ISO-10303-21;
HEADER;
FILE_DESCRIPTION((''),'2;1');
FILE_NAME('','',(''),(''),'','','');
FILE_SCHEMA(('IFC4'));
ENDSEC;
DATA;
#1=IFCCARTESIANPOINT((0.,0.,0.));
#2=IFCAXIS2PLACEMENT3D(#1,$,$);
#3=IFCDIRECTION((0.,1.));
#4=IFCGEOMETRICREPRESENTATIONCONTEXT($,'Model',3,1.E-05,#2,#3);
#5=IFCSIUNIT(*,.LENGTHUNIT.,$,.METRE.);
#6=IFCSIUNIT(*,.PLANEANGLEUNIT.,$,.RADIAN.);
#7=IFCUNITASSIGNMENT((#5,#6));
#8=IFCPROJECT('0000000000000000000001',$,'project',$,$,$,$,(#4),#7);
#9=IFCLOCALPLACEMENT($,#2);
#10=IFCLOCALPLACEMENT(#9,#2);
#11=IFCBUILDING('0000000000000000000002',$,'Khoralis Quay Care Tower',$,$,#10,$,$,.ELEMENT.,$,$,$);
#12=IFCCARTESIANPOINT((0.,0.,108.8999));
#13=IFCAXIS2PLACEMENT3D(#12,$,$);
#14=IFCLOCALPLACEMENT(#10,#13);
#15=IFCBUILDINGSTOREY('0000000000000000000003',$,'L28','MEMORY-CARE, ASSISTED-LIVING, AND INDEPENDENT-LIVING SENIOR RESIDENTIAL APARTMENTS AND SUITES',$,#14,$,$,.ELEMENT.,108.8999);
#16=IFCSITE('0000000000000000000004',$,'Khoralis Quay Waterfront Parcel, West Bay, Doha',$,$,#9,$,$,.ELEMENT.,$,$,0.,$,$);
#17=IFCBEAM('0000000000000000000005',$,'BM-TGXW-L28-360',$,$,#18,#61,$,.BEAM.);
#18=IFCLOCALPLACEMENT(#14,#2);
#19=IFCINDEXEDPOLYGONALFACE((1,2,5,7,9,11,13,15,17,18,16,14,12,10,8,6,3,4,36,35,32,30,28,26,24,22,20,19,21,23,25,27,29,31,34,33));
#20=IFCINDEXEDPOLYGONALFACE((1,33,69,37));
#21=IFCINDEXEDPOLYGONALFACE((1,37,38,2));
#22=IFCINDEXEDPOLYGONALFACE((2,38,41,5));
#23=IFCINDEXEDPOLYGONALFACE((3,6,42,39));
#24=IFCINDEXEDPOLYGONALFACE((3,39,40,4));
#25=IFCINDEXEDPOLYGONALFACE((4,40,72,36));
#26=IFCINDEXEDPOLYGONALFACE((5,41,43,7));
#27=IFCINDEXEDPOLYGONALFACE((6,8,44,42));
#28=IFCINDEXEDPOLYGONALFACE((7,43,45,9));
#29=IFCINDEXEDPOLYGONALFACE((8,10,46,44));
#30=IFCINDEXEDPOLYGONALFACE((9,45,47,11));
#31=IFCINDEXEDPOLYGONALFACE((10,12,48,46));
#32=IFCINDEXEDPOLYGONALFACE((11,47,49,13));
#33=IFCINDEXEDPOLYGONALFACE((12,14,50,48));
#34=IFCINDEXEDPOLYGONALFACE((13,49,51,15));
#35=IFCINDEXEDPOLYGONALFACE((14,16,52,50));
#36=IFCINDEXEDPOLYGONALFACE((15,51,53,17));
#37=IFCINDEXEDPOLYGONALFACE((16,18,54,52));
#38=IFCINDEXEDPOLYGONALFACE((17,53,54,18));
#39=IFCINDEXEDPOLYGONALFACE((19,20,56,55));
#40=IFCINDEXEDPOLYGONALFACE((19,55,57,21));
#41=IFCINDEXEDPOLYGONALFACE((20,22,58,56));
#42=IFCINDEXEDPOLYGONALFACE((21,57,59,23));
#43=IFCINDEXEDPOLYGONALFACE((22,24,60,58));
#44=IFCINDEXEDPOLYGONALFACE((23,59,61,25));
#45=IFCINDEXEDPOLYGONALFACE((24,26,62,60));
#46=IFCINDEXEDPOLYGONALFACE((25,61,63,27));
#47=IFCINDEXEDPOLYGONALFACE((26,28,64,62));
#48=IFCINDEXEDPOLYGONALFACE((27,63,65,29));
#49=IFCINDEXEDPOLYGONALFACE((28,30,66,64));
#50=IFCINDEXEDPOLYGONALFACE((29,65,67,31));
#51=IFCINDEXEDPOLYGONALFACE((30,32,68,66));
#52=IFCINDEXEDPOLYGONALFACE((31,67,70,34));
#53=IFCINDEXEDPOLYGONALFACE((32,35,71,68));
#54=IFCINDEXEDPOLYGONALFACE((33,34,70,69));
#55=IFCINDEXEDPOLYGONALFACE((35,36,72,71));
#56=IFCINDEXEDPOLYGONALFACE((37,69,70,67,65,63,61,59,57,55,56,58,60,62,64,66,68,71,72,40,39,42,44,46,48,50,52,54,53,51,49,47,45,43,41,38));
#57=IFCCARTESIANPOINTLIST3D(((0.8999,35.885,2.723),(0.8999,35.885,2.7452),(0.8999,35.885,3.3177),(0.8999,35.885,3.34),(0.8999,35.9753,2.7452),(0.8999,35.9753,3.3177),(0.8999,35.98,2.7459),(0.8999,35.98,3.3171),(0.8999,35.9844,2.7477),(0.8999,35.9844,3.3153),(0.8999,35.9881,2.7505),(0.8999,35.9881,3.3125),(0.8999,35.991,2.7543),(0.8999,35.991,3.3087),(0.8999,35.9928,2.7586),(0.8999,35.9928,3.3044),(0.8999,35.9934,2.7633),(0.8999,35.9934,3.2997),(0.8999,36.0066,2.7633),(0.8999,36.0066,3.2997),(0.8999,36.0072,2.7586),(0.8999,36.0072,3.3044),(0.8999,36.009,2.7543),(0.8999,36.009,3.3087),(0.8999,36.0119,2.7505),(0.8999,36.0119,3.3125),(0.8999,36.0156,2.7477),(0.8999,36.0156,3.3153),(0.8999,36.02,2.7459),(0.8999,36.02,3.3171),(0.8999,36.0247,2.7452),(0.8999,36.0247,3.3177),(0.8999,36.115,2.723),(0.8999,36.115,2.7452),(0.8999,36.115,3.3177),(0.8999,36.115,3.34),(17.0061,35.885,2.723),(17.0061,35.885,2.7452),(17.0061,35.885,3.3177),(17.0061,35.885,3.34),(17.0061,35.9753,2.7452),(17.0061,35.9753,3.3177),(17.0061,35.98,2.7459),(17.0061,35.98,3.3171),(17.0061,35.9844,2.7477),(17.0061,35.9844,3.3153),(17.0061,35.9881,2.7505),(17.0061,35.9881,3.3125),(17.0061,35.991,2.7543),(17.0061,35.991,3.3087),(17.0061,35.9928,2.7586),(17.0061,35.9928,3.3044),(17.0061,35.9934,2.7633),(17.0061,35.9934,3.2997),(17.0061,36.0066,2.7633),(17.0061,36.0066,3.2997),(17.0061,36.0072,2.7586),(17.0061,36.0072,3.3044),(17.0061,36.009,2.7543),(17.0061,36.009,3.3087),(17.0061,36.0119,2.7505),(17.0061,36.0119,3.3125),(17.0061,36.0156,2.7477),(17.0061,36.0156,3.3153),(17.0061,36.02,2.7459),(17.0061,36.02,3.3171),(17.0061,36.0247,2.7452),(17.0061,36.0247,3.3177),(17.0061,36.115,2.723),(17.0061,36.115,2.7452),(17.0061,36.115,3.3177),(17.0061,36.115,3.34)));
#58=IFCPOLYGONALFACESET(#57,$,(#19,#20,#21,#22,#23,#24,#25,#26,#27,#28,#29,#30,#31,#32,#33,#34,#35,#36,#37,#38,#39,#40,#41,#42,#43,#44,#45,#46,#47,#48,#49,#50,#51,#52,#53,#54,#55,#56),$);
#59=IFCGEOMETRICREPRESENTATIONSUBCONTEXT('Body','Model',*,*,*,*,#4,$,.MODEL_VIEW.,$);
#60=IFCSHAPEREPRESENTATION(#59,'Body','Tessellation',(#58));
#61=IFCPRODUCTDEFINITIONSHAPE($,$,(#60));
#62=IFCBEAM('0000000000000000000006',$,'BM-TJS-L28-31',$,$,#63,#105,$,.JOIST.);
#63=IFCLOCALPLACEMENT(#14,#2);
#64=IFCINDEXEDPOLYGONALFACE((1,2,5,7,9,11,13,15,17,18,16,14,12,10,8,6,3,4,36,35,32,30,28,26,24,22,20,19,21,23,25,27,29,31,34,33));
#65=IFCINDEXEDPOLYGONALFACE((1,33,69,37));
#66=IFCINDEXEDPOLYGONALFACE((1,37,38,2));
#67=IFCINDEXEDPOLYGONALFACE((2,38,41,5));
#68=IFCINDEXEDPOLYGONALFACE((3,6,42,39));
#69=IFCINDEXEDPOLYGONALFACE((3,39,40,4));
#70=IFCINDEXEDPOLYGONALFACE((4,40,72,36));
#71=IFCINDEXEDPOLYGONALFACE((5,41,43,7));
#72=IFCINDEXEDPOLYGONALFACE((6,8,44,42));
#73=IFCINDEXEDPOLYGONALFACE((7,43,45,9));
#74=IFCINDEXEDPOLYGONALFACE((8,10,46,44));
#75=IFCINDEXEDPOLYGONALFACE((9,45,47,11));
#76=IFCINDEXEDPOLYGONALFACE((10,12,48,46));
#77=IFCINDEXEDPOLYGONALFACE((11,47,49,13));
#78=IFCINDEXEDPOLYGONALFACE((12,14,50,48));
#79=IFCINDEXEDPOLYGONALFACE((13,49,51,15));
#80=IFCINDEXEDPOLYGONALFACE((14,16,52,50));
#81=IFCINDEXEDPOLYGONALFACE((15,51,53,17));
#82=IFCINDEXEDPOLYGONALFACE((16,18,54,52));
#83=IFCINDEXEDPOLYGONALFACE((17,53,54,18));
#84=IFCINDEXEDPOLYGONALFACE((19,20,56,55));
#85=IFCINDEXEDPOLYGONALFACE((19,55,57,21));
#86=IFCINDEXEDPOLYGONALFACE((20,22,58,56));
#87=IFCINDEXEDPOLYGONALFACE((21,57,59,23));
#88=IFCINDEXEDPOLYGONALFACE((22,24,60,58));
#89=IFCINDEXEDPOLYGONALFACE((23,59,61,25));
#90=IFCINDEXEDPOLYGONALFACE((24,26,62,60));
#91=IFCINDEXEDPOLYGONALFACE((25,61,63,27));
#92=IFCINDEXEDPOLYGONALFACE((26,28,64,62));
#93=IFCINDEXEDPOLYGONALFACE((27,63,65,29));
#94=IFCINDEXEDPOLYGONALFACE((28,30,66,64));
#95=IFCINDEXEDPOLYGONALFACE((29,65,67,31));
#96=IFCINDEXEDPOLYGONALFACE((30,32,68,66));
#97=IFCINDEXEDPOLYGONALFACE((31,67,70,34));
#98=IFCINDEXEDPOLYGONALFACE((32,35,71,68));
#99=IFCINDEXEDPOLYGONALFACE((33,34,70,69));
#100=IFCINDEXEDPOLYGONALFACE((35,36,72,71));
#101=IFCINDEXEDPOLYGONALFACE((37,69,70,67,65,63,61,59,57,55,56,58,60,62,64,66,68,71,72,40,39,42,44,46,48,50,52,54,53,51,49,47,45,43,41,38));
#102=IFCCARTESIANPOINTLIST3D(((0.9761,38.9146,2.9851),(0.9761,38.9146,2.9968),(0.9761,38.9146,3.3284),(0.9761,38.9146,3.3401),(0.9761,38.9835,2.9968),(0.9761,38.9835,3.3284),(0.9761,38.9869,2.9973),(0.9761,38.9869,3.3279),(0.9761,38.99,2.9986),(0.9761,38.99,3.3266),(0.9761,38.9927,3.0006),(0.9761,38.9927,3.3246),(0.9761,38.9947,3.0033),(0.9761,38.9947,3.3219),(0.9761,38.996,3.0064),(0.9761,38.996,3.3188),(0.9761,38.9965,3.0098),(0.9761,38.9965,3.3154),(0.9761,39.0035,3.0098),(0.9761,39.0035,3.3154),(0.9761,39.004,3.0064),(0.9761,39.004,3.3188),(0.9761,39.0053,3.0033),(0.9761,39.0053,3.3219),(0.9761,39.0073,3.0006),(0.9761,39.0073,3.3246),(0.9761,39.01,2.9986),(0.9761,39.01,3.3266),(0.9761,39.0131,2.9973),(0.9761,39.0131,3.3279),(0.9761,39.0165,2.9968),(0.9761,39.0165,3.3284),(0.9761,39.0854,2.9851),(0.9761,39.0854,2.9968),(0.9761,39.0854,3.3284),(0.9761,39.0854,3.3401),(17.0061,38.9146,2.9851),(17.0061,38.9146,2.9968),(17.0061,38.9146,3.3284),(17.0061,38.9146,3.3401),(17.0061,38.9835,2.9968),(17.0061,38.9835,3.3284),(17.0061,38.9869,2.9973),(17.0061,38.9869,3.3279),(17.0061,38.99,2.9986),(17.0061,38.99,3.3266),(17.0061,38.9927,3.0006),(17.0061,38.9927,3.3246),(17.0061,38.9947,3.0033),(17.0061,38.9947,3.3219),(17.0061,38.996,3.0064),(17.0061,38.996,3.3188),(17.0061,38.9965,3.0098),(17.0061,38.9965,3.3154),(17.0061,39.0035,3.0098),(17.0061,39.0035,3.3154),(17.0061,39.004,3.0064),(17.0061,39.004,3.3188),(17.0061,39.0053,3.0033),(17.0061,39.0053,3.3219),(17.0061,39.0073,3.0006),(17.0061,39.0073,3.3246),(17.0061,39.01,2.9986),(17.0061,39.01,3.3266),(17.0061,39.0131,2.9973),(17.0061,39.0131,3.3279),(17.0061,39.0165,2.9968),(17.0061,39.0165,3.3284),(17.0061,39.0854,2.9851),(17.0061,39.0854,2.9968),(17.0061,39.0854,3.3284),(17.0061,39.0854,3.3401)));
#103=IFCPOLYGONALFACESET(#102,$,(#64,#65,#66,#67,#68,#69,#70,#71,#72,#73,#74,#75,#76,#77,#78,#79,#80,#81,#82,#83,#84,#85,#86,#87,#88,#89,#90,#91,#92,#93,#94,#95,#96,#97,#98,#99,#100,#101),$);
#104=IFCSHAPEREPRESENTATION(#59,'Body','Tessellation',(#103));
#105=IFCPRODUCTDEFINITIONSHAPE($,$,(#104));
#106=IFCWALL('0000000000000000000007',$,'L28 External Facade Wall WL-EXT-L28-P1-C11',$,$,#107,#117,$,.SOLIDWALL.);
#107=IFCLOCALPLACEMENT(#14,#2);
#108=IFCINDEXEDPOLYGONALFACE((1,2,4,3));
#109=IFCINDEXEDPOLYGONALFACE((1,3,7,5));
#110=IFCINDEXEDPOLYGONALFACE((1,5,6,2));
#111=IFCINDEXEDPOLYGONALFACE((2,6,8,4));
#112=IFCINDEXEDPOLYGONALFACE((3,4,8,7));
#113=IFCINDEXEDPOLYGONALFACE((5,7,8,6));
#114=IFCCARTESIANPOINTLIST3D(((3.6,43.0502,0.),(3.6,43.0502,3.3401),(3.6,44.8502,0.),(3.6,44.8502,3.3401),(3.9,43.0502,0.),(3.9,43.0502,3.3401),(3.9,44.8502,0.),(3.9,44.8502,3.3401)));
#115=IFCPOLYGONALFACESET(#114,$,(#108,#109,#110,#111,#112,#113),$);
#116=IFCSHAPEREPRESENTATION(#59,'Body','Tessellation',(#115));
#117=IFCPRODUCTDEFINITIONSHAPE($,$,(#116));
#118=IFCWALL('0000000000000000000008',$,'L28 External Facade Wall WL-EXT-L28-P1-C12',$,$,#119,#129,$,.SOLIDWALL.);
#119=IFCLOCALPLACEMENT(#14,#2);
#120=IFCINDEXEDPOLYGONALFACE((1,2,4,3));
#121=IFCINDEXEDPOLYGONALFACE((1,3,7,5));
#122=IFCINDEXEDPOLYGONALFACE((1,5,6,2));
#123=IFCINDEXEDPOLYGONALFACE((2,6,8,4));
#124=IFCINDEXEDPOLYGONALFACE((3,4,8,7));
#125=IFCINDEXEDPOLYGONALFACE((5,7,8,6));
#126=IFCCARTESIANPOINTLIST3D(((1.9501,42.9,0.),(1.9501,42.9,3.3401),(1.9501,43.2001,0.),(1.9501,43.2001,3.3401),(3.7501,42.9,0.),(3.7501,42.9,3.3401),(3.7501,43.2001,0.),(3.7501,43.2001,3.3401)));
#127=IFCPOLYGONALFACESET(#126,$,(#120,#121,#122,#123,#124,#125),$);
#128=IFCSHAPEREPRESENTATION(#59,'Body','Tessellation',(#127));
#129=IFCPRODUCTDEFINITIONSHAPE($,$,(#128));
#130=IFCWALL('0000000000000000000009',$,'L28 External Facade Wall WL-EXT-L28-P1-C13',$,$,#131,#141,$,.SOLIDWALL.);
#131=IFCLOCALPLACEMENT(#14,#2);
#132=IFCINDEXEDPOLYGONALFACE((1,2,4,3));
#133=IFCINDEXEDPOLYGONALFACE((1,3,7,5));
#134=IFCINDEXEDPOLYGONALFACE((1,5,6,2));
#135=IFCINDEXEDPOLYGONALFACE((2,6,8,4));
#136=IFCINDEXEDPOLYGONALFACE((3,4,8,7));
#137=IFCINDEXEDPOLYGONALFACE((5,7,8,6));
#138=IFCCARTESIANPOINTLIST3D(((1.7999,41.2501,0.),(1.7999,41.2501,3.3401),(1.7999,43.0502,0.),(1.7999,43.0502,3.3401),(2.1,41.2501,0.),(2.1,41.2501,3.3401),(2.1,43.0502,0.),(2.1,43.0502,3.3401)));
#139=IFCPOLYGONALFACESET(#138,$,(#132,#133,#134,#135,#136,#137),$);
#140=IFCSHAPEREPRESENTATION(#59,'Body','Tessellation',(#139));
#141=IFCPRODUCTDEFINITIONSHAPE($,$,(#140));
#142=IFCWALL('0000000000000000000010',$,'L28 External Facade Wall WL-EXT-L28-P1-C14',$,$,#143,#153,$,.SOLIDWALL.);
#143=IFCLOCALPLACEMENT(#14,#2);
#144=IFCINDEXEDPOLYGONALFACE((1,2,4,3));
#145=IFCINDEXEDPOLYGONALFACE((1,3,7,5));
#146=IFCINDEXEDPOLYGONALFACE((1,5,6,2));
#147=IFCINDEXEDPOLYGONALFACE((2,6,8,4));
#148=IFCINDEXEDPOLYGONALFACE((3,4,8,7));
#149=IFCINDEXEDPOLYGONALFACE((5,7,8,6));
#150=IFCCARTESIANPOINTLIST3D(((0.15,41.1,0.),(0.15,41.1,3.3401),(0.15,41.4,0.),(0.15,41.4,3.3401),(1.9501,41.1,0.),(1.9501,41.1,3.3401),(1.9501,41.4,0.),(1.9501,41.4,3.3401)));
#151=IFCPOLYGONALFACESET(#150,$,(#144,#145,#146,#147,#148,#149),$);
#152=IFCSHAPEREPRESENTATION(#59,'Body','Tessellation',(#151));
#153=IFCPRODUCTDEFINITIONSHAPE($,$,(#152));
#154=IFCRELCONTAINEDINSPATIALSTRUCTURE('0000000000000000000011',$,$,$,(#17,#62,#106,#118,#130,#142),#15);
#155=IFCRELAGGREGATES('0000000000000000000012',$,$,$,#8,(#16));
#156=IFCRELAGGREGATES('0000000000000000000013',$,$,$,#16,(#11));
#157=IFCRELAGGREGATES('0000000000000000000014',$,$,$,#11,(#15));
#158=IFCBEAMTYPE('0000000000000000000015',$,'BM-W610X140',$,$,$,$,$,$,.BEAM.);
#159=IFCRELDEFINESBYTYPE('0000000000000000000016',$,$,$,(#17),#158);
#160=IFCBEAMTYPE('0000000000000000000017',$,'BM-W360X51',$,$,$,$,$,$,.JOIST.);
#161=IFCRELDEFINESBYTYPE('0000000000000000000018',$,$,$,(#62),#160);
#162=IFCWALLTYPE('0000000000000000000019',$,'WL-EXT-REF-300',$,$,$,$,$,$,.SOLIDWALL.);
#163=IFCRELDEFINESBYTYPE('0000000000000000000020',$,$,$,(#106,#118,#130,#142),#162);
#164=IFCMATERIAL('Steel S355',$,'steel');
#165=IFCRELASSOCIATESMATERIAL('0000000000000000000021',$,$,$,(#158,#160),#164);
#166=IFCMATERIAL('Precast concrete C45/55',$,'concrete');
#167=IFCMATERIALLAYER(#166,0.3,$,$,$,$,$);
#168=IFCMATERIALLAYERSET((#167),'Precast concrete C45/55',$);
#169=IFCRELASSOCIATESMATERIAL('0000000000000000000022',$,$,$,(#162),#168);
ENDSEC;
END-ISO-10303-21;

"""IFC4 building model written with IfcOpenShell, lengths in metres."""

from ifc_helpers import new_model, si_unit, direction, frame, frame_2d, origin, origin_2d, place, context, subcontext, project, spatial, rectangle, i_section, extrude, source, transform, mapped, material, layer, layer_set, material_profile, profile_set, type_object, element, save


model = new_model("IFC4")

# Units and contexts
model_context = context("Model", 3, precision=1e-05, world=origin(), true_north=direction((0.0, 1.0)))
body_context = subcontext(model_context, "Body", "Model", "MODEL_VIEW")
ifc_project = project(units=[si_unit("LENGTHUNIT", "METRE"), si_unit("PLANEANGLEUNIT", "RADIAN")], contexts=[model_context])

# Site, building, storey
site_placement = place(None, origin())
site = spatial("IfcSite", under=ifc_project, at=site_placement, Name="Khoralis Quay Waterfront Parcel, West Bay, Doha", CompositionType="ELEMENT", RefElevation=0.0)
building_placement = place(site_placement, origin())
building = spatial("IfcBuilding", under=site, at=building_placement, Name="Khoralis Quay Care Tower", CompositionType="ELEMENT")
storey_placement = place(building_placement, frame((0.0, 0.0, 108.8999)))
storey = spatial("IfcBuildingStorey", under=building, at=storey_placement, Name="L28", Description="MEMORY-CARE, ASSISTED-LIVING, AND INDEPENDENT-LIVING SENIOR RESIDENTIAL APARTMENTS AND SUITES", CompositionType="ELEMENT", Elevation=108.8999)

# Beams
ifc_material_1 = material(Name="Steel S355", Category="steel")
ifc_material_profile_1 = material_profile(ifc_material_1, i_section(OverallWidth=0.23, OverallDepth=0.6169, WebThickness=0.0132, FlangeThickness=0.0222, FilletRadius=0.0181, at=origin_2d()), Name="Steel S355")
ifc_profile_set_1 = profile_set([ifc_material_profile_1], Name="Steel S355")
beam_type_1 = type_object("IfcBeamType", Name="BM-W610X140", PredefinedType="BEAM", material=ifc_profile_set_1)
shared_shape_1 = source(origin(), body_context, "Body", "SweptSolid", [
    extrude(i_section(OverallWidth=0.23, OverallDepth=0.6169, WebThickness=0.0132, FlangeThickness=0.0222, FilletRadius=0.0181, at=origin_2d()), origin(), (0.0, 0.0, 1.0), 16.1062),
])
beam_1_placement = place(storey_placement, frame((0.8999, 36.0, 3.0315), z_axis=(1.0, 0.0, 0.0), x_axis=(0.0, 1.0, 0.0)))
element("IfcBeam", 1, at=beam_1_placement, inside=storey, type_object=beam_type_1, Name="BM-TGXW-L28-360", PredefinedType="BEAM", context=body_context, shape_type="MappedRepresentation", body=[
    mapped(shared_shape_1, transform((0.0, 0.0, 0.0), scale=1.0)),
])
ifc_material_profile_2 = material_profile(ifc_material_1, i_section(OverallWidth=0.1709, OverallDepth=0.355, WebThickness=0.0071, FlangeThickness=0.0117, FilletRadius=0.0129, at=origin_2d()), Name="Steel S355")
ifc_profile_set_2 = profile_set([ifc_material_profile_2], Name="Steel S355")
beam_type_2 = type_object("IfcBeamType", Name="BM-W360X51", PredefinedType="JOIST", material=ifc_profile_set_2)
shared_shape_2 = source(origin(), body_context, "Body", "SweptSolid", [
    extrude(i_section(OverallWidth=0.1709, OverallDepth=0.355, WebThickness=0.0071, FlangeThickness=0.0117, FilletRadius=0.0129, at=origin_2d()), origin(), (0.0, 0.0, 1.0), 16.03),
])
beam_2_placement = place(storey_placement, frame((0.9761, 39.0, 3.1626), z_axis=(1.0, 0.0, 0.0), x_axis=(0.0, 1.0, 0.0)))
element("IfcBeam", 2, at=beam_2_placement, inside=storey, type_object=beam_type_2, Name="BM-TJS-L28-31", PredefinedType="JOIST", context=body_context, shape_type="MappedRepresentation", body=[
    mapped(shared_shape_2, transform((0.0, 0.0, 0.0), scale=1.0)),
])

# Walls
ifc_material_2 = material(Name="Precast concrete C45/55", Category="concrete")
ifc_layer_1 = layer(ifc_material_2, 0.3)
ifc_layer_set_1 = layer_set([ifc_layer_1], Name="Precast concrete C45/55")
wall_type_1 = type_object("IfcWallType", Name="WL-EXT-REF-300", PredefinedType="SOLIDWALL", material=ifc_layer_set_1)
for number, where, z_axis, x_axis, name in (
    (3, (3.75, 44.8501, 0.0), (0.0, 0.0, 1.0), (0.0, -1.0, 0.0), "L28 External Facade Wall WL-EXT-L28-P1-C11"),
    (4, (3.75, 43.05, 0.0), (0.0, 0.0, 1.0), (-1.0, 0.0, 0.0), "L28 External Facade Wall WL-EXT-L28-P1-C12"),
    (5, (1.95, 43.05, 0.0), (0.0, 0.0, 1.0), (0.0, -1.0, 0.0), "L28 External Facade Wall WL-EXT-L28-P1-C13"),
    (6, (1.95, 41.25, 0.0), (0.0, 0.0, 1.0), (-1.0, 0.0, 0.0), "L28 External Facade Wall WL-EXT-L28-P1-C14"),
):
    element("IfcWall", number, at=place(storey_placement, frame(where, z_axis=z_axis, x_axis=x_axis)), inside=storey, type_object=wall_type_1, Name=name, PredefinedType="SOLIDWALL", context=body_context, shape_type="SweptSolid", body=[
        extrude(rectangle(XDim=1.8, YDim=0.3, at=frame_2d((0.8999, 0.0))), origin(), (0.0, 0.0, 1.0), 3.3401),
    ])

save(model, "model.ifc")
